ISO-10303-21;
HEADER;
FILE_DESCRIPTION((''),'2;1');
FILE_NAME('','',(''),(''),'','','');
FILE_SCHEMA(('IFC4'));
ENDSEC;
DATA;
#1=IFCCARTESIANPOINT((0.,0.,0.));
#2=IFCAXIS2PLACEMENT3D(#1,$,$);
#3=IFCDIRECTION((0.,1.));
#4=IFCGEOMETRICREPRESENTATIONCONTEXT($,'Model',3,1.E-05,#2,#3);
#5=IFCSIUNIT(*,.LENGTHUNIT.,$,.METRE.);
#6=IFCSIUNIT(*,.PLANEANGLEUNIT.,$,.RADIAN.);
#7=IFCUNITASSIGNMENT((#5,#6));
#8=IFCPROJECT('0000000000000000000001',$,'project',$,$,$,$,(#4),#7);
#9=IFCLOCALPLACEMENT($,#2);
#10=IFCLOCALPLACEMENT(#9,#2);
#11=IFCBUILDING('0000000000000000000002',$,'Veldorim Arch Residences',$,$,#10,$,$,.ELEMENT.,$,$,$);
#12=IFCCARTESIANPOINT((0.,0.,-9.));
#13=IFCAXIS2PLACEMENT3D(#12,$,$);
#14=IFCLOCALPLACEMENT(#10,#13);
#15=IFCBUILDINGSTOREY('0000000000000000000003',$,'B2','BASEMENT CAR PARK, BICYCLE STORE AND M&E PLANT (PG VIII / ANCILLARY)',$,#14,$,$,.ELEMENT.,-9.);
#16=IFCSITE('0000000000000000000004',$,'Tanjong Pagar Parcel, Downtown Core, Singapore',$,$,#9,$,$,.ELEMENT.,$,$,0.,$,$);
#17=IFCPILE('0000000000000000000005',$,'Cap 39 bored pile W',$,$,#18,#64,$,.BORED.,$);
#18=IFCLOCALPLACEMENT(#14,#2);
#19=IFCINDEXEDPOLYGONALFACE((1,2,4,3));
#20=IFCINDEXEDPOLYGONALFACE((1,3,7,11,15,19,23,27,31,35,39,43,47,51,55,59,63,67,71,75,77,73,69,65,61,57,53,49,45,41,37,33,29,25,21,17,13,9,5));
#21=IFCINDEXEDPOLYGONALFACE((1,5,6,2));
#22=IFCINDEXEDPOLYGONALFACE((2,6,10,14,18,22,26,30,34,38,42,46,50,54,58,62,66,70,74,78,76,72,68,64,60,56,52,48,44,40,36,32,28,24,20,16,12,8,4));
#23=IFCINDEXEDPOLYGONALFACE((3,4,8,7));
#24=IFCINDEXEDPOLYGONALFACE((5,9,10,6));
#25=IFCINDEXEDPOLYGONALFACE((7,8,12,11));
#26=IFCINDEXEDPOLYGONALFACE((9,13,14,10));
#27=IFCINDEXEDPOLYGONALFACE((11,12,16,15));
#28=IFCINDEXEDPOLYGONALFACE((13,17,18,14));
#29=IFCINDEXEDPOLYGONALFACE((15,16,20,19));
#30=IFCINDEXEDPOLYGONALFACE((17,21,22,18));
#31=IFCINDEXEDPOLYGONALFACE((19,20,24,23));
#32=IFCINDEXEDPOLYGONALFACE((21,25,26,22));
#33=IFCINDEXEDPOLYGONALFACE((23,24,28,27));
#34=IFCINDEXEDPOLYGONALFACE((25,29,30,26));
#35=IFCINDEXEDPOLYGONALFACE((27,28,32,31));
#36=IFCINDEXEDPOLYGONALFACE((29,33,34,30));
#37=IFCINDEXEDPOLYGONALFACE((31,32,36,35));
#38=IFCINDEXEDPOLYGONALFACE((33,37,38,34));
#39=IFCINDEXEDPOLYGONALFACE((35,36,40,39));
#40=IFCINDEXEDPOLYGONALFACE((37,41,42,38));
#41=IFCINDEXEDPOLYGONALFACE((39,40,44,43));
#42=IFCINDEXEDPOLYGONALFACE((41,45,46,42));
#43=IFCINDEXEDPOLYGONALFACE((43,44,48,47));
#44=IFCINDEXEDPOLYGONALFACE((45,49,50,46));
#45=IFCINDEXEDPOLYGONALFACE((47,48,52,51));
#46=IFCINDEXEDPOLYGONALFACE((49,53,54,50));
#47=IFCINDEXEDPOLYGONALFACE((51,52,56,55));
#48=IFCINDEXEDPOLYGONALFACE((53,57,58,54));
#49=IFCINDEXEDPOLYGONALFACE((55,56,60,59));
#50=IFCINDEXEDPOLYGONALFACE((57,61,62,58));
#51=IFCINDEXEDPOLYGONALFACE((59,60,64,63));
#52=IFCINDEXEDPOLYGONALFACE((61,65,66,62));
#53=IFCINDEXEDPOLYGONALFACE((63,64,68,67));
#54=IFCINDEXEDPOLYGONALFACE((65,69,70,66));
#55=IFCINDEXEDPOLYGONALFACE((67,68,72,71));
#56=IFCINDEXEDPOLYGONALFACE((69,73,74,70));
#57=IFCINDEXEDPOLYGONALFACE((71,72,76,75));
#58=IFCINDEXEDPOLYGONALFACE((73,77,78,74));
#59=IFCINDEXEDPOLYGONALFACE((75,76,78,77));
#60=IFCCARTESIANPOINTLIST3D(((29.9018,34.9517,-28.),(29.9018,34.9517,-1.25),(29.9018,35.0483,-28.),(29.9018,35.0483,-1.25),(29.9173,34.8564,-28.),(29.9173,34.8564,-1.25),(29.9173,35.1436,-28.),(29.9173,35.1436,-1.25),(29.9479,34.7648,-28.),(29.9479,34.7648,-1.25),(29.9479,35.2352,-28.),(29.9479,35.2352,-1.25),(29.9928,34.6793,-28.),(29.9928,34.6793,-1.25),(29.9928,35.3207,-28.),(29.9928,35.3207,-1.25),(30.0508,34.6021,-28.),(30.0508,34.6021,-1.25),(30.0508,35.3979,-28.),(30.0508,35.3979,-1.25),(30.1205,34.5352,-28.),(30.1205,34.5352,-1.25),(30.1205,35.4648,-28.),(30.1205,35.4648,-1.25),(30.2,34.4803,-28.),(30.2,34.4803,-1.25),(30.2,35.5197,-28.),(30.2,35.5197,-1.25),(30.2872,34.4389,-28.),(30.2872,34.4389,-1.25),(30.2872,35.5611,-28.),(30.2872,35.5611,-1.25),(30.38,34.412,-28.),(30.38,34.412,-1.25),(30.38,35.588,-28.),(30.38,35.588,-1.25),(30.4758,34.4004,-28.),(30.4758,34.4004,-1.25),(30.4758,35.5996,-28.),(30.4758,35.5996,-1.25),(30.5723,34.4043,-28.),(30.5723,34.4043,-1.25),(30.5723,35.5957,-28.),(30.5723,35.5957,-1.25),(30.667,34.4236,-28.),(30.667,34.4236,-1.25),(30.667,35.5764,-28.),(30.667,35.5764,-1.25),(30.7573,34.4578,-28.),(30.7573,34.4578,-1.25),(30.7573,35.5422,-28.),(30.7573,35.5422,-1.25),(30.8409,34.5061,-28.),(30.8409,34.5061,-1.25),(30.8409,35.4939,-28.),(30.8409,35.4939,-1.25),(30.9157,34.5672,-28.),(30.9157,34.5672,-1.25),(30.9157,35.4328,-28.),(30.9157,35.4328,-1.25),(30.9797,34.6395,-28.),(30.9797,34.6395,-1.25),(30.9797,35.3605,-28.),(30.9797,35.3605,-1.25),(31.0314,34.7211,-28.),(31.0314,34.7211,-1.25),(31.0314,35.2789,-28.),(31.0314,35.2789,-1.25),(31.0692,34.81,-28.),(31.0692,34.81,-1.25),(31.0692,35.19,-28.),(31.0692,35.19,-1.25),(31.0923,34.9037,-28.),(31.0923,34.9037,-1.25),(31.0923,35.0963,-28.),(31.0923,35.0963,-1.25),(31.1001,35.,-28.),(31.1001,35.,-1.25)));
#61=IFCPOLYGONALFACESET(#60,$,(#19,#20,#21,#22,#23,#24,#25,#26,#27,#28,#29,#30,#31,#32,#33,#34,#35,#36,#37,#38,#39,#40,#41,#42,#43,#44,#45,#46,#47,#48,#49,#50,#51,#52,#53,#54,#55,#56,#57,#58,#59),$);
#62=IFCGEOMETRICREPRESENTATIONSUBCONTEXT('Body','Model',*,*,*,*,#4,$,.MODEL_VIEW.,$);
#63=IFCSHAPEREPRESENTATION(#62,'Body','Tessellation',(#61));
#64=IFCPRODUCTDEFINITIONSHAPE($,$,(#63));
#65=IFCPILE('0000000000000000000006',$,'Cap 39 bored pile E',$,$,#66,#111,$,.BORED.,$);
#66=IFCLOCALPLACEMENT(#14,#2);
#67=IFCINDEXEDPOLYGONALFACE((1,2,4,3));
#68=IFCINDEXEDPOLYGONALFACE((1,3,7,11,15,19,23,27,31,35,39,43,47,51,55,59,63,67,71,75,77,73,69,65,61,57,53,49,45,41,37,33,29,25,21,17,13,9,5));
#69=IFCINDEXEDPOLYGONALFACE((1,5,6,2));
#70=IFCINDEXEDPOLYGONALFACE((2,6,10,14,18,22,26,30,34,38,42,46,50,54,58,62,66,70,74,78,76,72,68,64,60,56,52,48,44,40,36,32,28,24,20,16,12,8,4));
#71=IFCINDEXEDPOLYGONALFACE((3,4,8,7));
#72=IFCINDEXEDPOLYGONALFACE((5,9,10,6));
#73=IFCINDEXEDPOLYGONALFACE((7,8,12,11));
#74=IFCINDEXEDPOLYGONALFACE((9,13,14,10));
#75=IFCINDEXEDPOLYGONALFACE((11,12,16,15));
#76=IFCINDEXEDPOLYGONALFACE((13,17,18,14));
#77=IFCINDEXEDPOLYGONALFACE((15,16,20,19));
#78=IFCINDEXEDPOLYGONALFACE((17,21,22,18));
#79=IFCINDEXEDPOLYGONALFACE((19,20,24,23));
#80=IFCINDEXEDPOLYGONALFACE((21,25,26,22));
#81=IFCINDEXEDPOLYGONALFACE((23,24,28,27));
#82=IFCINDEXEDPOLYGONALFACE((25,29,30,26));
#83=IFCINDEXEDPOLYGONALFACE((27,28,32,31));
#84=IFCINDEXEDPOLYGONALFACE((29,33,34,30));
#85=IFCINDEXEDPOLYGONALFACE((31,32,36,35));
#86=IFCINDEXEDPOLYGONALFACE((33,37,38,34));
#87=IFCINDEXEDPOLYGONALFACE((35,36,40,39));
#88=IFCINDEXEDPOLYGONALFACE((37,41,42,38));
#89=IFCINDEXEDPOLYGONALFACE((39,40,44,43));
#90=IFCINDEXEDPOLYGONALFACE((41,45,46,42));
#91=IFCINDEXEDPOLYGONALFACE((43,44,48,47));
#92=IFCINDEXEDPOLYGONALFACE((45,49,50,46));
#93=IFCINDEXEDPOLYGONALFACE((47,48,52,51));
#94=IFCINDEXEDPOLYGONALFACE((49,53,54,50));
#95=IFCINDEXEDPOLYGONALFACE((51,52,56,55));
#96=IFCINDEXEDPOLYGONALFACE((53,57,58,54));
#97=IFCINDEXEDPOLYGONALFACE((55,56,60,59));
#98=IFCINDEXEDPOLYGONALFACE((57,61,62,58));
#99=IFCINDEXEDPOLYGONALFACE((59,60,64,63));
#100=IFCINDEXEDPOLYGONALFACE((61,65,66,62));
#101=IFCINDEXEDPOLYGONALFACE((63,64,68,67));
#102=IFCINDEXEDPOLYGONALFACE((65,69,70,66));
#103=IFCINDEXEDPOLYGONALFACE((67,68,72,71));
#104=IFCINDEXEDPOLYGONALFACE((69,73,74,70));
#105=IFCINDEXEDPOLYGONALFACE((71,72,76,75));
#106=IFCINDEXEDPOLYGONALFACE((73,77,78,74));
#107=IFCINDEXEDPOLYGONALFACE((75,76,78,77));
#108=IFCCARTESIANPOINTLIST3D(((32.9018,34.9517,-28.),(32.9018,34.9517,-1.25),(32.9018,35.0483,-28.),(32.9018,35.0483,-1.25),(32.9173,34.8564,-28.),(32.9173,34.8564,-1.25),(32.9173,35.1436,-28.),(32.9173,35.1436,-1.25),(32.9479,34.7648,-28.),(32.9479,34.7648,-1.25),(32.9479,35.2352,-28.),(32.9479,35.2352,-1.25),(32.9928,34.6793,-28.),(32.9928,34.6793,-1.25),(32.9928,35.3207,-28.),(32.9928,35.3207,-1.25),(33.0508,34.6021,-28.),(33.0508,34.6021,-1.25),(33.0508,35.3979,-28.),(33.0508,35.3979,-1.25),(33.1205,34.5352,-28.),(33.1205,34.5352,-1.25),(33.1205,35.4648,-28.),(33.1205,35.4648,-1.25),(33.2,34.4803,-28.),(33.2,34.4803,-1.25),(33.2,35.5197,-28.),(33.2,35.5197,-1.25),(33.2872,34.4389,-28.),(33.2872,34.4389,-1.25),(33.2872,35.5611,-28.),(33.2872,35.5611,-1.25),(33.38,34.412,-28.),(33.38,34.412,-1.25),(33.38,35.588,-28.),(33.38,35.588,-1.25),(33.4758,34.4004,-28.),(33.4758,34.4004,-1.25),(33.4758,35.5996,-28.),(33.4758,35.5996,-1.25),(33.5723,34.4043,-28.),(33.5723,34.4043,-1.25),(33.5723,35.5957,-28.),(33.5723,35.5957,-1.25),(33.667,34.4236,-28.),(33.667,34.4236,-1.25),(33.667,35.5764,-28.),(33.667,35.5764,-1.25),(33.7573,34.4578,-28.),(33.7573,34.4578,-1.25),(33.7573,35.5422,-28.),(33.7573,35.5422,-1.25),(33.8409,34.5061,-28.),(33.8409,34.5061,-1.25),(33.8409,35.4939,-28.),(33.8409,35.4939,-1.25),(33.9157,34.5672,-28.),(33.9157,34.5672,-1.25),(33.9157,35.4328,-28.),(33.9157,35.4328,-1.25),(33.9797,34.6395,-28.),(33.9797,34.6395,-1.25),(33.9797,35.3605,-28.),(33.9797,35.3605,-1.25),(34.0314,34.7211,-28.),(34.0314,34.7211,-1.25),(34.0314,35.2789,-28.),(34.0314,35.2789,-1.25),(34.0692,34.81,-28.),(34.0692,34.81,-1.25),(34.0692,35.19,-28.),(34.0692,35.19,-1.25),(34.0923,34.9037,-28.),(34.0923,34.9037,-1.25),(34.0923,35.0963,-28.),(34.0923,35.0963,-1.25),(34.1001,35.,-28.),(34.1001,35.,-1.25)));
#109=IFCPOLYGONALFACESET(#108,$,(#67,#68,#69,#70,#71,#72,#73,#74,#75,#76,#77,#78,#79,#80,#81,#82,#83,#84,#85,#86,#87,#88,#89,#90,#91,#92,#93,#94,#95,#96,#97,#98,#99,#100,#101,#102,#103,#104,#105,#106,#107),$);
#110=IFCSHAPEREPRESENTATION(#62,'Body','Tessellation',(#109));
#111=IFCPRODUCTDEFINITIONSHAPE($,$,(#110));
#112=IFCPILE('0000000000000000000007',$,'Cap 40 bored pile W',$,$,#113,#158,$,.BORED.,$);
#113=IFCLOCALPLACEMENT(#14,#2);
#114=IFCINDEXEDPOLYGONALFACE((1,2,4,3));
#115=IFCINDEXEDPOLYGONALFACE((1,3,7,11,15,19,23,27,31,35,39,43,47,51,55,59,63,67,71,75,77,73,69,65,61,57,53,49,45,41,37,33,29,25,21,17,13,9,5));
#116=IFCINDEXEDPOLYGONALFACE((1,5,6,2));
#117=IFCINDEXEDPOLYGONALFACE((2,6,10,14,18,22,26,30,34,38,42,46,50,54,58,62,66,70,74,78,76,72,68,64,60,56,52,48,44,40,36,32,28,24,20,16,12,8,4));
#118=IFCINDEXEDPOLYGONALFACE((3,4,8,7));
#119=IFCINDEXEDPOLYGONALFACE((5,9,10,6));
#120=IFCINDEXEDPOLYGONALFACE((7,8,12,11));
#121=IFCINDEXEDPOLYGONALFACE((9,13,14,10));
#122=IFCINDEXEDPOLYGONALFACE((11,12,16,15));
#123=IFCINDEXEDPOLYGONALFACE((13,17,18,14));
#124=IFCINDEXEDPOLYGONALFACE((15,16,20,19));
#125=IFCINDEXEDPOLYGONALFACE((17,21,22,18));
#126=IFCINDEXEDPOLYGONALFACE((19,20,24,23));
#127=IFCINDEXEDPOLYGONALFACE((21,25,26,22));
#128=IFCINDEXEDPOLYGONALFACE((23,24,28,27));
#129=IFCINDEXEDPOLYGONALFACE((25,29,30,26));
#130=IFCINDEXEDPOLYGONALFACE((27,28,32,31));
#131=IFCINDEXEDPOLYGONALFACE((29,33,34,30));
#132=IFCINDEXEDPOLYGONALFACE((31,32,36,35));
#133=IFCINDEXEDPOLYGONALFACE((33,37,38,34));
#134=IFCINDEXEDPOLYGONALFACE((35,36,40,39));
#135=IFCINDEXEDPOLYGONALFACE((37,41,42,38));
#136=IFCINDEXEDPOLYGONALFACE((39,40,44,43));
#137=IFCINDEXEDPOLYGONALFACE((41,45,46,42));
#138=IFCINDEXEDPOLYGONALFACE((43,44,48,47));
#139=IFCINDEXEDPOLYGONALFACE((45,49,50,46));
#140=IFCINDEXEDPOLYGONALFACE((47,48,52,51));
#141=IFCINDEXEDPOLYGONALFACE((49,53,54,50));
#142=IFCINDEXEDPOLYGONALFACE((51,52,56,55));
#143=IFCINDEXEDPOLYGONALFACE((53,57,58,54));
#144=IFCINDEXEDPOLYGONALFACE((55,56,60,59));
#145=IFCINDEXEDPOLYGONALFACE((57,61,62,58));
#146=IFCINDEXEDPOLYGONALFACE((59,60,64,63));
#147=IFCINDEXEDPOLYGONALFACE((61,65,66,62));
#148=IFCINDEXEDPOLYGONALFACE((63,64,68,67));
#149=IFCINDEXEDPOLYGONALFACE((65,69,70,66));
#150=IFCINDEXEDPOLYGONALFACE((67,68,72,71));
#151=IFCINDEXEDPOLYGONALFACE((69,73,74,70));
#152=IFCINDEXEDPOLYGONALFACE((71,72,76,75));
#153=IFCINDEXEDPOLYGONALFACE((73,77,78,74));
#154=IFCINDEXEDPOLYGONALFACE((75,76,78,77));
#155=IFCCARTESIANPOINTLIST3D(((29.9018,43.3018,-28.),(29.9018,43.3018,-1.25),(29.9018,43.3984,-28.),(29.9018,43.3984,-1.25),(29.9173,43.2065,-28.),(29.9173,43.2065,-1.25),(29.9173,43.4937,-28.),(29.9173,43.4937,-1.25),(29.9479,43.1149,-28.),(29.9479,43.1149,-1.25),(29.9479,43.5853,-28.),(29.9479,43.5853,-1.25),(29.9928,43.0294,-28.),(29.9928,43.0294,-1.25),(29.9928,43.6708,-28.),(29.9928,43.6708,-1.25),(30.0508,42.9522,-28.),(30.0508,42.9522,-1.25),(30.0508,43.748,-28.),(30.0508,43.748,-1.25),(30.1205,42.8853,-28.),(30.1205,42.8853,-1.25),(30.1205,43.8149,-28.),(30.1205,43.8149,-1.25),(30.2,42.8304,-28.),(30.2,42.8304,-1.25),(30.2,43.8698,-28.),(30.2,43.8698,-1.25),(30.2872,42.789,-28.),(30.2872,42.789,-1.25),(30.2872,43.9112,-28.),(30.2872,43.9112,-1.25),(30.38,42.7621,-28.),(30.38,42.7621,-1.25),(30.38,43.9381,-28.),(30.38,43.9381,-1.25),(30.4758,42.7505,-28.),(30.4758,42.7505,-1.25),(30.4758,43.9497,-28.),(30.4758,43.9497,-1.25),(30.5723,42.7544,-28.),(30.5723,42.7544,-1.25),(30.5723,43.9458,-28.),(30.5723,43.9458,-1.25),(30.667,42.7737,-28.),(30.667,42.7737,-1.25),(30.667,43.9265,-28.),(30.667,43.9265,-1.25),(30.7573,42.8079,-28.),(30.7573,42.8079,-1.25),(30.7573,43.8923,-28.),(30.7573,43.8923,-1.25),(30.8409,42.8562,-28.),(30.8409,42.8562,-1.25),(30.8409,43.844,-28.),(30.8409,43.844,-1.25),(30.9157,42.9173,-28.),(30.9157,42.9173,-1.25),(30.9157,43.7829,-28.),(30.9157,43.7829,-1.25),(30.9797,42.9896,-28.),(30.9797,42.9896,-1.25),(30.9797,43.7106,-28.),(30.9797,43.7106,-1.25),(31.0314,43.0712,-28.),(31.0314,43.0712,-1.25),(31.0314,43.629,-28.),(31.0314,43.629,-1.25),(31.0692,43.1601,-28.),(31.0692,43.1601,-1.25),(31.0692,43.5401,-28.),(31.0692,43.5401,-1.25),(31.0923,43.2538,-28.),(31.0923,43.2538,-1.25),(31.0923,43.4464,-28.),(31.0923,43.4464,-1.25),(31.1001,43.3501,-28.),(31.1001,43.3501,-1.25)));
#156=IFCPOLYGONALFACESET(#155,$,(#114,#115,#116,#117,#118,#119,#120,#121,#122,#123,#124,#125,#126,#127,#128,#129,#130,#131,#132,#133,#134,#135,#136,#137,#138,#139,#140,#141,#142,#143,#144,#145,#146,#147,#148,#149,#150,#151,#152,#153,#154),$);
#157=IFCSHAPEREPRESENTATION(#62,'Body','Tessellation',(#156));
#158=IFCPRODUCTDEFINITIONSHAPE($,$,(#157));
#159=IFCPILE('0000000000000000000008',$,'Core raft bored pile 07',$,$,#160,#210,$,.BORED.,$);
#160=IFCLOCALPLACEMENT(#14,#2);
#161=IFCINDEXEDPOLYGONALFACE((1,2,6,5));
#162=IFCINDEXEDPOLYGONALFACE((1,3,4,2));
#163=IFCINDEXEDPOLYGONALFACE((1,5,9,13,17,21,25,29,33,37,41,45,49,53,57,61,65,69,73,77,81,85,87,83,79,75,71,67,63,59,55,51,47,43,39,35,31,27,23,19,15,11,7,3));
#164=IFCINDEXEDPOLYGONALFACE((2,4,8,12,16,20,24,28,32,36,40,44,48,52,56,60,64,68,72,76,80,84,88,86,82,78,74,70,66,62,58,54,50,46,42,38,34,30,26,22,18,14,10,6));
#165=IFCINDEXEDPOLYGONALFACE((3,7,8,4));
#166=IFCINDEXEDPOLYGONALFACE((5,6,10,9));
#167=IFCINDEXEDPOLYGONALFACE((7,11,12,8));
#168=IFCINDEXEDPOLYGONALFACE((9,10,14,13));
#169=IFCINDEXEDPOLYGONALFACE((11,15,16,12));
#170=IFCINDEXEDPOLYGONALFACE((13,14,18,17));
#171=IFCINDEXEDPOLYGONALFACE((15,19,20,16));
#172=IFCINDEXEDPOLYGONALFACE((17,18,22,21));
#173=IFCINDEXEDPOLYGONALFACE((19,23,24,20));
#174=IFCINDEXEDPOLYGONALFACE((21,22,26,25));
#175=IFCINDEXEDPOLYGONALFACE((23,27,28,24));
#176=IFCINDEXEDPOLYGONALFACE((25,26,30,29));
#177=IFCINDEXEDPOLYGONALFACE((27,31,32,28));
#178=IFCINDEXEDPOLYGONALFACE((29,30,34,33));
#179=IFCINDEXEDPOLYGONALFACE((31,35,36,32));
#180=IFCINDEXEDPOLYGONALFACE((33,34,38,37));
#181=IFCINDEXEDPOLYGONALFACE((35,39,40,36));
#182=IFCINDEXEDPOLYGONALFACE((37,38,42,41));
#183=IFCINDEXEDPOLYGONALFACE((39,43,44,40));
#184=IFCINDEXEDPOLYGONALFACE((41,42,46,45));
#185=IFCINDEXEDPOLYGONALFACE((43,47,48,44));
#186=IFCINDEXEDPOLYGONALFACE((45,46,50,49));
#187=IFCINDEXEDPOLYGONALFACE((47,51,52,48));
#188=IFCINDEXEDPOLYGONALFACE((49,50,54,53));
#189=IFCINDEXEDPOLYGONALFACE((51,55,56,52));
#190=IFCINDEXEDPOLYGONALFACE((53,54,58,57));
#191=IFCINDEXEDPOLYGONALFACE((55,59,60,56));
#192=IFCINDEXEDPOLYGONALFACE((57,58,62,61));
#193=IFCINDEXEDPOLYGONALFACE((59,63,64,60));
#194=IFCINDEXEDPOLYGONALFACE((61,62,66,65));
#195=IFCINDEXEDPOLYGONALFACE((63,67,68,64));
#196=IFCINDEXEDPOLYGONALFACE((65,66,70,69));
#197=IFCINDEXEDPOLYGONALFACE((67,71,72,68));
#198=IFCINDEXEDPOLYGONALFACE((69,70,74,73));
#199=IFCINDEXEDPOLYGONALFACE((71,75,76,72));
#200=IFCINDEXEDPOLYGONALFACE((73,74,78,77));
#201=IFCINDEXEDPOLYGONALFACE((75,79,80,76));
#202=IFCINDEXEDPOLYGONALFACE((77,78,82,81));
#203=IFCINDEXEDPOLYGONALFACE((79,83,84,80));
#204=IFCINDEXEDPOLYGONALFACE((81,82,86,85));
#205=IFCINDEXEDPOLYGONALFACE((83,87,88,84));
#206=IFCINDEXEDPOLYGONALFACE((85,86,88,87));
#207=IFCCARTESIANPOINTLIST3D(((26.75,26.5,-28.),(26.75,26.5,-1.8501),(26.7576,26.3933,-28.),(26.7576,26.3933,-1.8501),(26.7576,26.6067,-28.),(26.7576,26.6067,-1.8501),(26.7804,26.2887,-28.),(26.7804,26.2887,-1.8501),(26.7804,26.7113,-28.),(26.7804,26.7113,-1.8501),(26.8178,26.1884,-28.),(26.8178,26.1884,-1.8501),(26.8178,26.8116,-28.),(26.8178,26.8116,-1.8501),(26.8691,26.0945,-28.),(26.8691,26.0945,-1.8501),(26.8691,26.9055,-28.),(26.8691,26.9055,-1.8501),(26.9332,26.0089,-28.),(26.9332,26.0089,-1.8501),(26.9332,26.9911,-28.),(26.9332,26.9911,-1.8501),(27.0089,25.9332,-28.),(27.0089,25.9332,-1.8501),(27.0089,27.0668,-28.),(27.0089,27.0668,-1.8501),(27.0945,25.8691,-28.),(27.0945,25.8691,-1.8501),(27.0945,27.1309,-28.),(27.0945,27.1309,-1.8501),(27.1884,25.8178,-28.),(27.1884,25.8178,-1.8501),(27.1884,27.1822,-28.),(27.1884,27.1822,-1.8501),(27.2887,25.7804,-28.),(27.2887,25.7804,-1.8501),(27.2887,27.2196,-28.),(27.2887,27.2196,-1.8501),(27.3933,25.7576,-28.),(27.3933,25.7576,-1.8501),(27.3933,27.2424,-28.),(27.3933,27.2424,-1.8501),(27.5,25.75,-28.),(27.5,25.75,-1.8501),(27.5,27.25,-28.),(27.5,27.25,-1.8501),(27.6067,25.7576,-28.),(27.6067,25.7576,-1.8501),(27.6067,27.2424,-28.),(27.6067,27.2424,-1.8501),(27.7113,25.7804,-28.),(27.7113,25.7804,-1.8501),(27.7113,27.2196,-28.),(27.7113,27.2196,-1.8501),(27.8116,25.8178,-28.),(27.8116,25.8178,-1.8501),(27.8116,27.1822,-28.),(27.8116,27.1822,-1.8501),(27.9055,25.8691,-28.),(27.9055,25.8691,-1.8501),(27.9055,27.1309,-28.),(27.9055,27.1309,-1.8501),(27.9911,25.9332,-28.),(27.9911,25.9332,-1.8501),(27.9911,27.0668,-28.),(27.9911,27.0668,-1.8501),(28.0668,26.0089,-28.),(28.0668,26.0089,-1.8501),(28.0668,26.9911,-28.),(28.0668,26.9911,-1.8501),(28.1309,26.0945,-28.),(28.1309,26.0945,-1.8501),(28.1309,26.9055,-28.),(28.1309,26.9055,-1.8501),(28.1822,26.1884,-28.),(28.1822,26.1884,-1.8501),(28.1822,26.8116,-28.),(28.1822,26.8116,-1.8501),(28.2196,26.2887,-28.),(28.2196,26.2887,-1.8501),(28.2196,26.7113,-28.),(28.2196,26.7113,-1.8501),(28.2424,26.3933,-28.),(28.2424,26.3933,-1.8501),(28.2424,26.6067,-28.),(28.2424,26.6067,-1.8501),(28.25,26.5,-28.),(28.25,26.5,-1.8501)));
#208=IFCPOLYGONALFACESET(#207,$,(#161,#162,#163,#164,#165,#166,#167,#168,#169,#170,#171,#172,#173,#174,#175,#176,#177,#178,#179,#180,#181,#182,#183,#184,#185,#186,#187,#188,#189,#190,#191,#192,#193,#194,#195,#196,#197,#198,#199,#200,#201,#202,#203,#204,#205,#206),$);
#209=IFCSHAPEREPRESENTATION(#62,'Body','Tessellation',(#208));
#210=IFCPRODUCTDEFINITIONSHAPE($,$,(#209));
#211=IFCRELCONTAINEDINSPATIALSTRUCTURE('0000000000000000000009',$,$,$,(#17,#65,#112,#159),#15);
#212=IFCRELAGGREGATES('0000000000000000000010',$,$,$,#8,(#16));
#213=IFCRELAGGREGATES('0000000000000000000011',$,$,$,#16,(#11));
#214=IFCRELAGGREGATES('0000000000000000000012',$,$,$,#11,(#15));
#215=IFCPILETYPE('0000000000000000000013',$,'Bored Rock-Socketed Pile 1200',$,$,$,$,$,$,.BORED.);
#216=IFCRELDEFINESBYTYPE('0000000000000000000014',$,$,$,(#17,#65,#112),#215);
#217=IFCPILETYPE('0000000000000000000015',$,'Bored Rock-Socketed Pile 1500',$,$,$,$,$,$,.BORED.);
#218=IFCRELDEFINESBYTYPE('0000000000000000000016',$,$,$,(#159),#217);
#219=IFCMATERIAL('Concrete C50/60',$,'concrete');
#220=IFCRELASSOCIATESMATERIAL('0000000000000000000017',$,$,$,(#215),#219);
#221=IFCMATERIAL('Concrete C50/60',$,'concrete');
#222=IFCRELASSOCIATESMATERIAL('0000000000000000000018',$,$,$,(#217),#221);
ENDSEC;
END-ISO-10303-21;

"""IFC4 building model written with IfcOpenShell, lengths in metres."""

from ifc_helpers import new_model, si_unit, direction, frame, origin, origin_2d, place, context, subcontext, project, spatial, circle, extrude, material, material_profile, profile_set, type_object, element, save


model = new_model("IFC4")

# Units and contexts
model_context = context("Model", 3, precision=1e-05, world=origin(), true_north=direction((0.0, 1.0)))
body_context = subcontext(model_context, "Body", "Model", "MODEL_VIEW")
ifc_project = project(units=[si_unit("LENGTHUNIT", "METRE"), si_unit("PLANEANGLEUNIT", "RADIAN")], contexts=[model_context])

# Site, building, storey
site_placement = place(None, origin())
site = spatial("IfcSite", under=ifc_project, at=site_placement, Name="Tanjong Pagar Parcel, Downtown Core, Singapore", CompositionType="ELEMENT", RefElevation=0.0)
building_placement = place(site_placement, origin())
building = spatial("IfcBuilding", under=site, at=building_placement, Name="Veldorim Arch Residences", CompositionType="ELEMENT")
storey_placement = place(building_placement, frame((0.0, 0.0, -9.0)))
storey = spatial("IfcBuildingStorey", under=building, at=storey_placement, Name="B2", Description="BASEMENT CAR PARK, BICYCLE STORE AND M&E PLANT (PG VIII / ANCILLARY)", CompositionType="ELEMENT", Elevation=-9.0)

# Piles
ifc_material_1 = material(Name="Concrete C50/60", Category="concrete")
ifc_material_profile_1 = material_profile(ifc_material_1, circle(Radius=0.6001, at=origin_2d()), Name="PILE_1200")
ifc_profile_set_1 = profile_set([ifc_material_profile_1], Name="Concrete C50/60")
pile_type_1 = type_object("IfcPileType", Name="Bored Rock-Socketed Pile 1200", PredefinedType="BORED", material=ifc_profile_set_1)
for number, where, z_axis, x_axis, name in (
    (1, (30.5, 35.0, -1.25), (0.0, 0.0, -1.0), (1.0, 0.0, 0.0), "Cap 39 bored pile W"),
    (2, (33.5, 35.0, -1.25), (0.0, 0.0, -1.0), (1.0, 0.0, 0.0), "Cap 39 bored pile E"),
    (3, (30.5, 43.3501, -1.25), (0.0, 0.0, -1.0), (1.0, 0.0, 0.0), "Cap 40 bored pile W"),
):
    element("IfcPile", number, at=place(storey_placement, frame(where, z_axis=z_axis, x_axis=x_axis)), inside=storey, type_object=pile_type_1, Name=name, PredefinedType="BORED", context=body_context, shape_type="SweptSolid", body=[
        extrude(circle(Radius=0.6001, at=origin_2d()), origin(), (0.0, 0.0, 1.0), 26.75),
    ])
ifc_material_2 = material(Name="Concrete C50/60", Category="concrete")
ifc_material_profile_2 = material_profile(ifc_material_2, circle(Radius=0.75, at=origin_2d()), Name="PILE_1500")
ifc_profile_set_2 = profile_set([ifc_material_profile_2], Name="Concrete C50/60")
pile_type_2 = type_object("IfcPileType", Name="Bored Rock-Socketed Pile 1500", PredefinedType="BORED", material=ifc_profile_set_2)
for number, where, z_axis, x_axis, name in (
    (4, (27.5, 26.5, -1.8501), (0.0, 0.0, -1.0), (1.0, 0.0, 0.0), "Core raft bored pile 07"),
):
    element("IfcPile", number, at=place(storey_placement, frame(where, z_axis=z_axis, x_axis=x_axis)), inside=storey, type_object=pile_type_2, Name=name, PredefinedType="BORED", context=body_context, shape_type="SweptSolid", body=[
        extrude(circle(Radius=0.75, at=origin_2d()), origin(), (0.0, 0.0, 1.0), 26.1499),
    ])

save(model, "model.ifc")
